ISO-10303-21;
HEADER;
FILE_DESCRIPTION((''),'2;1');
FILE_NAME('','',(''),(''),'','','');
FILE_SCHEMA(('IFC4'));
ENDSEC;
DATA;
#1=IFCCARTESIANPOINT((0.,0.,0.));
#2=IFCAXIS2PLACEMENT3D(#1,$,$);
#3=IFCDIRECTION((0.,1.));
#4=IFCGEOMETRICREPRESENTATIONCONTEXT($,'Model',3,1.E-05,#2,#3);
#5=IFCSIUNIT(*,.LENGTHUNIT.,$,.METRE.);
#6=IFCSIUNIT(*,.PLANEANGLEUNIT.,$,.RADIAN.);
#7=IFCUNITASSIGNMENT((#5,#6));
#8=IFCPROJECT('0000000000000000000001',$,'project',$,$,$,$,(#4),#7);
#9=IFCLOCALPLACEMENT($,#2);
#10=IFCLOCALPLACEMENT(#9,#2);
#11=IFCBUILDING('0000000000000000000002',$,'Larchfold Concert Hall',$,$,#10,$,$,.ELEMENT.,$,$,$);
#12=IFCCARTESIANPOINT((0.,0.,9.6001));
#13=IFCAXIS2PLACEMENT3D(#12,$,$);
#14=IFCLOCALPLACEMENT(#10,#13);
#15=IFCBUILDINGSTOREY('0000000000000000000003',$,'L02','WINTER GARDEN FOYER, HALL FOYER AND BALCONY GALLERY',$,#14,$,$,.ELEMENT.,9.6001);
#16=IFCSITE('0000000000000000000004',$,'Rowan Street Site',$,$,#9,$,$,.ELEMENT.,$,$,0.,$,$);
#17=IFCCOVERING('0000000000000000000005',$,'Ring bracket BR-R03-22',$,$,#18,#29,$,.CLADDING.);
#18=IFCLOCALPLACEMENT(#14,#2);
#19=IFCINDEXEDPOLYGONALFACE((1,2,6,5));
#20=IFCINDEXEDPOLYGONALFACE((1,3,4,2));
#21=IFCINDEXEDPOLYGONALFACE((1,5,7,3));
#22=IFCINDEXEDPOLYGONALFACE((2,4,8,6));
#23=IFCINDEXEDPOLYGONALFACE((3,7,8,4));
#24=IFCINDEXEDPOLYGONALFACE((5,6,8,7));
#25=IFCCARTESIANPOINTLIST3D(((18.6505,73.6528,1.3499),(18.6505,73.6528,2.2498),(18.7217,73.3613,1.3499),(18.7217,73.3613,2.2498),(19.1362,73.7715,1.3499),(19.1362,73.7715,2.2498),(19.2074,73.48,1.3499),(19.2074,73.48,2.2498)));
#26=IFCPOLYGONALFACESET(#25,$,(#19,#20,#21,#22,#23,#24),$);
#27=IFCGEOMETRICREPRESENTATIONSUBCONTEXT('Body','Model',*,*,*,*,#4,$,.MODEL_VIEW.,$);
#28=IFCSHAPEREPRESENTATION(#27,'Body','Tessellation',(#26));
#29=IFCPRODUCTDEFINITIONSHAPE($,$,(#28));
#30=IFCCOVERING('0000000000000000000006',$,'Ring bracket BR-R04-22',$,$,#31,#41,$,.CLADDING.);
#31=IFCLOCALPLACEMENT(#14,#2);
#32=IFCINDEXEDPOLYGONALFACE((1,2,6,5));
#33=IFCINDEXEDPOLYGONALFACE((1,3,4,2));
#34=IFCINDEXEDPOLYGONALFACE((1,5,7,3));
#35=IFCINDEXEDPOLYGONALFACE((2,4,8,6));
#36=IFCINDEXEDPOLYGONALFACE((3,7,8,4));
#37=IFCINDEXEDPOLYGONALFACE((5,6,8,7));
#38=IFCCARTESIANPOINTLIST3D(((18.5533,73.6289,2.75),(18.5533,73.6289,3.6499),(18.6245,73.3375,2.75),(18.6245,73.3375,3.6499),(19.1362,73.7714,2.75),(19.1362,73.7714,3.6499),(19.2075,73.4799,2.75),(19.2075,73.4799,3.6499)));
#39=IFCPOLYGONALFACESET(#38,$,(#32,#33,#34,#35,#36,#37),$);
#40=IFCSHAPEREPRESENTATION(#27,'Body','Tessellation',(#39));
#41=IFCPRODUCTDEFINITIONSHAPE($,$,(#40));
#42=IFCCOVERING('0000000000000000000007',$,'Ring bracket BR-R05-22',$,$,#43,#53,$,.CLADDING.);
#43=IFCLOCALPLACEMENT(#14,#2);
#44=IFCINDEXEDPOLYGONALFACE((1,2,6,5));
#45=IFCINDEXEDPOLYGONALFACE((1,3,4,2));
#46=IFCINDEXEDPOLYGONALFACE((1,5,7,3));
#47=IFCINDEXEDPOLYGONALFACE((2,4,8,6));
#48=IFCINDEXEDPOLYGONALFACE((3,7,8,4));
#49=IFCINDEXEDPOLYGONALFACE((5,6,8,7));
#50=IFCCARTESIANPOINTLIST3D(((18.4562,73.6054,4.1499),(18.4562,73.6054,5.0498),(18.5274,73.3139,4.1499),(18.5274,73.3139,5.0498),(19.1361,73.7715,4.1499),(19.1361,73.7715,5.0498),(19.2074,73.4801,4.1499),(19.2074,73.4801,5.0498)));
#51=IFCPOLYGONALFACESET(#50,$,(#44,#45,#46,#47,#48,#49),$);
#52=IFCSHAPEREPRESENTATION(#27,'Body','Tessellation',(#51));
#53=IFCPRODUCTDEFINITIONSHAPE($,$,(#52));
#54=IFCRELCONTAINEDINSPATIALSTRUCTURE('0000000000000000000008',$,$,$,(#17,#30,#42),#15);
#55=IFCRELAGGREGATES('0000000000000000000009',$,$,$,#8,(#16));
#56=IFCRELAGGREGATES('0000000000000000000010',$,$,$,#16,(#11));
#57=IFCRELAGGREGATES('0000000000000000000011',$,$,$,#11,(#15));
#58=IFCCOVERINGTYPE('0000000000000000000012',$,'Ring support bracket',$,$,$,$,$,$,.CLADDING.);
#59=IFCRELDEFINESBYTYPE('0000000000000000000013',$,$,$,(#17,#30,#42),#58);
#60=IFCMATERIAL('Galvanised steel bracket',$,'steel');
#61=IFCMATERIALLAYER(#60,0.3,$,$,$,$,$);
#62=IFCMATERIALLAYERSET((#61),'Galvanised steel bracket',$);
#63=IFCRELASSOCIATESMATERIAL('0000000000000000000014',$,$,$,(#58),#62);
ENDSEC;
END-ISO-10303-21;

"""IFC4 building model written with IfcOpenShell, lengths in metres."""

from ifc_helpers import new_model, si_unit, direction, frame, origin, origin_2d, place, context, subcontext, project, spatial, rectangle, extrude, material, layer, layer_set, type_object, element, save


model = new_model("IFC4")

# Units and contexts
model_context = context("Model", 3, precision=1e-05, world=origin(), true_north=direction((0.0, 1.0)))
body_context = subcontext(model_context, "Body", "Model", "MODEL_VIEW")
ifc_project = project(units=[si_unit("LENGTHUNIT", "METRE"), si_unit("PLANEANGLEUNIT", "RADIAN")], contexts=[model_context])

# Site, building, storey
site_placement = place(None, origin())
site = spatial("IfcSite", under=ifc_project, at=site_placement, Name="Rowan Street Site", CompositionType="ELEMENT", RefElevation=0.0)
building_placement = place(site_placement, origin())
building = spatial("IfcBuilding", under=site, at=building_placement, Name="Larchfold Concert Hall", CompositionType="ELEMENT")
storey_placement = place(building_placement, frame((0.0, 0.0, 9.6001)))
storey = spatial("IfcBuildingStorey", under=building, at=storey_placement, Name="L02", Description="WINTER GARDEN FOYER, HALL FOYER AND BALCONY GALLERY", CompositionType="ELEMENT", Elevation=9.6001)

# Coverings
ifc_material_1 = material(Name="Galvanised steel bracket", Category="steel")
ifc_layer_1 = layer(ifc_material_1, 0.3)
ifc_layer_set_1 = layer_set([ifc_layer_1], Name="Galvanised steel bracket")
covering_type = type_object("IfcCoveringType", Name="Ring support bracket", PredefinedType="CLADDING", material=ifc_layer_set_1)
covering_1_placement = place(storey_placement, frame((18.929, 73.5664, 1.3499), z_axis=(0.0, 0.0, 1.0), x_axis=(-0.971412, -0.237401, 0.0)))
element("IfcCovering", 1, at=covering_1_placement, inside=storey, type_object=covering_type, Name="Ring bracket BR-R03-22", PredefinedType="CLADDING", context=body_context, shape_type="SweptSolid", body=[
    extrude(rectangle(XDim=0.5, YDim=0.3, at=origin_2d()), origin(), (0.0, 0.0, 1.0), 0.8999),
])
covering_2_placement = place(storey_placement, frame((18.8804, 73.5544, 2.75), z_axis=(0.0, 0.0, 1.0), x_axis=(-0.971412, -0.237401, 0.0)))
element("IfcCovering", 2, at=covering_2_placement, inside=storey, type_object=covering_type, Name="Ring bracket BR-R04-22", PredefinedType="CLADDING", context=body_context, shape_type="SweptSolid", body=[
    extrude(rectangle(XDim=0.6001, YDim=0.3, at=origin_2d()), origin(), (0.0, 0.0, 1.0), 0.8999),
])
covering_3_placement = place(storey_placement, frame((18.8318, 73.5427, 4.1499), z_axis=(0.0, 0.0, 1.0), x_axis=(-0.971412, -0.237401, 0.0)))
element("IfcCovering", 3, at=covering_3_placement, inside=storey, type_object=covering_type, Name="Ring bracket BR-R05-22", PredefinedType="CLADDING", context=body_context, shape_type="SweptSolid", body=[
    extrude(rectangle(XDim=0.7, YDim=0.3, at=origin_2d()), origin(), (0.0, 0.0, 1.0), 0.8999),
])

save(model, "model.ifc")
